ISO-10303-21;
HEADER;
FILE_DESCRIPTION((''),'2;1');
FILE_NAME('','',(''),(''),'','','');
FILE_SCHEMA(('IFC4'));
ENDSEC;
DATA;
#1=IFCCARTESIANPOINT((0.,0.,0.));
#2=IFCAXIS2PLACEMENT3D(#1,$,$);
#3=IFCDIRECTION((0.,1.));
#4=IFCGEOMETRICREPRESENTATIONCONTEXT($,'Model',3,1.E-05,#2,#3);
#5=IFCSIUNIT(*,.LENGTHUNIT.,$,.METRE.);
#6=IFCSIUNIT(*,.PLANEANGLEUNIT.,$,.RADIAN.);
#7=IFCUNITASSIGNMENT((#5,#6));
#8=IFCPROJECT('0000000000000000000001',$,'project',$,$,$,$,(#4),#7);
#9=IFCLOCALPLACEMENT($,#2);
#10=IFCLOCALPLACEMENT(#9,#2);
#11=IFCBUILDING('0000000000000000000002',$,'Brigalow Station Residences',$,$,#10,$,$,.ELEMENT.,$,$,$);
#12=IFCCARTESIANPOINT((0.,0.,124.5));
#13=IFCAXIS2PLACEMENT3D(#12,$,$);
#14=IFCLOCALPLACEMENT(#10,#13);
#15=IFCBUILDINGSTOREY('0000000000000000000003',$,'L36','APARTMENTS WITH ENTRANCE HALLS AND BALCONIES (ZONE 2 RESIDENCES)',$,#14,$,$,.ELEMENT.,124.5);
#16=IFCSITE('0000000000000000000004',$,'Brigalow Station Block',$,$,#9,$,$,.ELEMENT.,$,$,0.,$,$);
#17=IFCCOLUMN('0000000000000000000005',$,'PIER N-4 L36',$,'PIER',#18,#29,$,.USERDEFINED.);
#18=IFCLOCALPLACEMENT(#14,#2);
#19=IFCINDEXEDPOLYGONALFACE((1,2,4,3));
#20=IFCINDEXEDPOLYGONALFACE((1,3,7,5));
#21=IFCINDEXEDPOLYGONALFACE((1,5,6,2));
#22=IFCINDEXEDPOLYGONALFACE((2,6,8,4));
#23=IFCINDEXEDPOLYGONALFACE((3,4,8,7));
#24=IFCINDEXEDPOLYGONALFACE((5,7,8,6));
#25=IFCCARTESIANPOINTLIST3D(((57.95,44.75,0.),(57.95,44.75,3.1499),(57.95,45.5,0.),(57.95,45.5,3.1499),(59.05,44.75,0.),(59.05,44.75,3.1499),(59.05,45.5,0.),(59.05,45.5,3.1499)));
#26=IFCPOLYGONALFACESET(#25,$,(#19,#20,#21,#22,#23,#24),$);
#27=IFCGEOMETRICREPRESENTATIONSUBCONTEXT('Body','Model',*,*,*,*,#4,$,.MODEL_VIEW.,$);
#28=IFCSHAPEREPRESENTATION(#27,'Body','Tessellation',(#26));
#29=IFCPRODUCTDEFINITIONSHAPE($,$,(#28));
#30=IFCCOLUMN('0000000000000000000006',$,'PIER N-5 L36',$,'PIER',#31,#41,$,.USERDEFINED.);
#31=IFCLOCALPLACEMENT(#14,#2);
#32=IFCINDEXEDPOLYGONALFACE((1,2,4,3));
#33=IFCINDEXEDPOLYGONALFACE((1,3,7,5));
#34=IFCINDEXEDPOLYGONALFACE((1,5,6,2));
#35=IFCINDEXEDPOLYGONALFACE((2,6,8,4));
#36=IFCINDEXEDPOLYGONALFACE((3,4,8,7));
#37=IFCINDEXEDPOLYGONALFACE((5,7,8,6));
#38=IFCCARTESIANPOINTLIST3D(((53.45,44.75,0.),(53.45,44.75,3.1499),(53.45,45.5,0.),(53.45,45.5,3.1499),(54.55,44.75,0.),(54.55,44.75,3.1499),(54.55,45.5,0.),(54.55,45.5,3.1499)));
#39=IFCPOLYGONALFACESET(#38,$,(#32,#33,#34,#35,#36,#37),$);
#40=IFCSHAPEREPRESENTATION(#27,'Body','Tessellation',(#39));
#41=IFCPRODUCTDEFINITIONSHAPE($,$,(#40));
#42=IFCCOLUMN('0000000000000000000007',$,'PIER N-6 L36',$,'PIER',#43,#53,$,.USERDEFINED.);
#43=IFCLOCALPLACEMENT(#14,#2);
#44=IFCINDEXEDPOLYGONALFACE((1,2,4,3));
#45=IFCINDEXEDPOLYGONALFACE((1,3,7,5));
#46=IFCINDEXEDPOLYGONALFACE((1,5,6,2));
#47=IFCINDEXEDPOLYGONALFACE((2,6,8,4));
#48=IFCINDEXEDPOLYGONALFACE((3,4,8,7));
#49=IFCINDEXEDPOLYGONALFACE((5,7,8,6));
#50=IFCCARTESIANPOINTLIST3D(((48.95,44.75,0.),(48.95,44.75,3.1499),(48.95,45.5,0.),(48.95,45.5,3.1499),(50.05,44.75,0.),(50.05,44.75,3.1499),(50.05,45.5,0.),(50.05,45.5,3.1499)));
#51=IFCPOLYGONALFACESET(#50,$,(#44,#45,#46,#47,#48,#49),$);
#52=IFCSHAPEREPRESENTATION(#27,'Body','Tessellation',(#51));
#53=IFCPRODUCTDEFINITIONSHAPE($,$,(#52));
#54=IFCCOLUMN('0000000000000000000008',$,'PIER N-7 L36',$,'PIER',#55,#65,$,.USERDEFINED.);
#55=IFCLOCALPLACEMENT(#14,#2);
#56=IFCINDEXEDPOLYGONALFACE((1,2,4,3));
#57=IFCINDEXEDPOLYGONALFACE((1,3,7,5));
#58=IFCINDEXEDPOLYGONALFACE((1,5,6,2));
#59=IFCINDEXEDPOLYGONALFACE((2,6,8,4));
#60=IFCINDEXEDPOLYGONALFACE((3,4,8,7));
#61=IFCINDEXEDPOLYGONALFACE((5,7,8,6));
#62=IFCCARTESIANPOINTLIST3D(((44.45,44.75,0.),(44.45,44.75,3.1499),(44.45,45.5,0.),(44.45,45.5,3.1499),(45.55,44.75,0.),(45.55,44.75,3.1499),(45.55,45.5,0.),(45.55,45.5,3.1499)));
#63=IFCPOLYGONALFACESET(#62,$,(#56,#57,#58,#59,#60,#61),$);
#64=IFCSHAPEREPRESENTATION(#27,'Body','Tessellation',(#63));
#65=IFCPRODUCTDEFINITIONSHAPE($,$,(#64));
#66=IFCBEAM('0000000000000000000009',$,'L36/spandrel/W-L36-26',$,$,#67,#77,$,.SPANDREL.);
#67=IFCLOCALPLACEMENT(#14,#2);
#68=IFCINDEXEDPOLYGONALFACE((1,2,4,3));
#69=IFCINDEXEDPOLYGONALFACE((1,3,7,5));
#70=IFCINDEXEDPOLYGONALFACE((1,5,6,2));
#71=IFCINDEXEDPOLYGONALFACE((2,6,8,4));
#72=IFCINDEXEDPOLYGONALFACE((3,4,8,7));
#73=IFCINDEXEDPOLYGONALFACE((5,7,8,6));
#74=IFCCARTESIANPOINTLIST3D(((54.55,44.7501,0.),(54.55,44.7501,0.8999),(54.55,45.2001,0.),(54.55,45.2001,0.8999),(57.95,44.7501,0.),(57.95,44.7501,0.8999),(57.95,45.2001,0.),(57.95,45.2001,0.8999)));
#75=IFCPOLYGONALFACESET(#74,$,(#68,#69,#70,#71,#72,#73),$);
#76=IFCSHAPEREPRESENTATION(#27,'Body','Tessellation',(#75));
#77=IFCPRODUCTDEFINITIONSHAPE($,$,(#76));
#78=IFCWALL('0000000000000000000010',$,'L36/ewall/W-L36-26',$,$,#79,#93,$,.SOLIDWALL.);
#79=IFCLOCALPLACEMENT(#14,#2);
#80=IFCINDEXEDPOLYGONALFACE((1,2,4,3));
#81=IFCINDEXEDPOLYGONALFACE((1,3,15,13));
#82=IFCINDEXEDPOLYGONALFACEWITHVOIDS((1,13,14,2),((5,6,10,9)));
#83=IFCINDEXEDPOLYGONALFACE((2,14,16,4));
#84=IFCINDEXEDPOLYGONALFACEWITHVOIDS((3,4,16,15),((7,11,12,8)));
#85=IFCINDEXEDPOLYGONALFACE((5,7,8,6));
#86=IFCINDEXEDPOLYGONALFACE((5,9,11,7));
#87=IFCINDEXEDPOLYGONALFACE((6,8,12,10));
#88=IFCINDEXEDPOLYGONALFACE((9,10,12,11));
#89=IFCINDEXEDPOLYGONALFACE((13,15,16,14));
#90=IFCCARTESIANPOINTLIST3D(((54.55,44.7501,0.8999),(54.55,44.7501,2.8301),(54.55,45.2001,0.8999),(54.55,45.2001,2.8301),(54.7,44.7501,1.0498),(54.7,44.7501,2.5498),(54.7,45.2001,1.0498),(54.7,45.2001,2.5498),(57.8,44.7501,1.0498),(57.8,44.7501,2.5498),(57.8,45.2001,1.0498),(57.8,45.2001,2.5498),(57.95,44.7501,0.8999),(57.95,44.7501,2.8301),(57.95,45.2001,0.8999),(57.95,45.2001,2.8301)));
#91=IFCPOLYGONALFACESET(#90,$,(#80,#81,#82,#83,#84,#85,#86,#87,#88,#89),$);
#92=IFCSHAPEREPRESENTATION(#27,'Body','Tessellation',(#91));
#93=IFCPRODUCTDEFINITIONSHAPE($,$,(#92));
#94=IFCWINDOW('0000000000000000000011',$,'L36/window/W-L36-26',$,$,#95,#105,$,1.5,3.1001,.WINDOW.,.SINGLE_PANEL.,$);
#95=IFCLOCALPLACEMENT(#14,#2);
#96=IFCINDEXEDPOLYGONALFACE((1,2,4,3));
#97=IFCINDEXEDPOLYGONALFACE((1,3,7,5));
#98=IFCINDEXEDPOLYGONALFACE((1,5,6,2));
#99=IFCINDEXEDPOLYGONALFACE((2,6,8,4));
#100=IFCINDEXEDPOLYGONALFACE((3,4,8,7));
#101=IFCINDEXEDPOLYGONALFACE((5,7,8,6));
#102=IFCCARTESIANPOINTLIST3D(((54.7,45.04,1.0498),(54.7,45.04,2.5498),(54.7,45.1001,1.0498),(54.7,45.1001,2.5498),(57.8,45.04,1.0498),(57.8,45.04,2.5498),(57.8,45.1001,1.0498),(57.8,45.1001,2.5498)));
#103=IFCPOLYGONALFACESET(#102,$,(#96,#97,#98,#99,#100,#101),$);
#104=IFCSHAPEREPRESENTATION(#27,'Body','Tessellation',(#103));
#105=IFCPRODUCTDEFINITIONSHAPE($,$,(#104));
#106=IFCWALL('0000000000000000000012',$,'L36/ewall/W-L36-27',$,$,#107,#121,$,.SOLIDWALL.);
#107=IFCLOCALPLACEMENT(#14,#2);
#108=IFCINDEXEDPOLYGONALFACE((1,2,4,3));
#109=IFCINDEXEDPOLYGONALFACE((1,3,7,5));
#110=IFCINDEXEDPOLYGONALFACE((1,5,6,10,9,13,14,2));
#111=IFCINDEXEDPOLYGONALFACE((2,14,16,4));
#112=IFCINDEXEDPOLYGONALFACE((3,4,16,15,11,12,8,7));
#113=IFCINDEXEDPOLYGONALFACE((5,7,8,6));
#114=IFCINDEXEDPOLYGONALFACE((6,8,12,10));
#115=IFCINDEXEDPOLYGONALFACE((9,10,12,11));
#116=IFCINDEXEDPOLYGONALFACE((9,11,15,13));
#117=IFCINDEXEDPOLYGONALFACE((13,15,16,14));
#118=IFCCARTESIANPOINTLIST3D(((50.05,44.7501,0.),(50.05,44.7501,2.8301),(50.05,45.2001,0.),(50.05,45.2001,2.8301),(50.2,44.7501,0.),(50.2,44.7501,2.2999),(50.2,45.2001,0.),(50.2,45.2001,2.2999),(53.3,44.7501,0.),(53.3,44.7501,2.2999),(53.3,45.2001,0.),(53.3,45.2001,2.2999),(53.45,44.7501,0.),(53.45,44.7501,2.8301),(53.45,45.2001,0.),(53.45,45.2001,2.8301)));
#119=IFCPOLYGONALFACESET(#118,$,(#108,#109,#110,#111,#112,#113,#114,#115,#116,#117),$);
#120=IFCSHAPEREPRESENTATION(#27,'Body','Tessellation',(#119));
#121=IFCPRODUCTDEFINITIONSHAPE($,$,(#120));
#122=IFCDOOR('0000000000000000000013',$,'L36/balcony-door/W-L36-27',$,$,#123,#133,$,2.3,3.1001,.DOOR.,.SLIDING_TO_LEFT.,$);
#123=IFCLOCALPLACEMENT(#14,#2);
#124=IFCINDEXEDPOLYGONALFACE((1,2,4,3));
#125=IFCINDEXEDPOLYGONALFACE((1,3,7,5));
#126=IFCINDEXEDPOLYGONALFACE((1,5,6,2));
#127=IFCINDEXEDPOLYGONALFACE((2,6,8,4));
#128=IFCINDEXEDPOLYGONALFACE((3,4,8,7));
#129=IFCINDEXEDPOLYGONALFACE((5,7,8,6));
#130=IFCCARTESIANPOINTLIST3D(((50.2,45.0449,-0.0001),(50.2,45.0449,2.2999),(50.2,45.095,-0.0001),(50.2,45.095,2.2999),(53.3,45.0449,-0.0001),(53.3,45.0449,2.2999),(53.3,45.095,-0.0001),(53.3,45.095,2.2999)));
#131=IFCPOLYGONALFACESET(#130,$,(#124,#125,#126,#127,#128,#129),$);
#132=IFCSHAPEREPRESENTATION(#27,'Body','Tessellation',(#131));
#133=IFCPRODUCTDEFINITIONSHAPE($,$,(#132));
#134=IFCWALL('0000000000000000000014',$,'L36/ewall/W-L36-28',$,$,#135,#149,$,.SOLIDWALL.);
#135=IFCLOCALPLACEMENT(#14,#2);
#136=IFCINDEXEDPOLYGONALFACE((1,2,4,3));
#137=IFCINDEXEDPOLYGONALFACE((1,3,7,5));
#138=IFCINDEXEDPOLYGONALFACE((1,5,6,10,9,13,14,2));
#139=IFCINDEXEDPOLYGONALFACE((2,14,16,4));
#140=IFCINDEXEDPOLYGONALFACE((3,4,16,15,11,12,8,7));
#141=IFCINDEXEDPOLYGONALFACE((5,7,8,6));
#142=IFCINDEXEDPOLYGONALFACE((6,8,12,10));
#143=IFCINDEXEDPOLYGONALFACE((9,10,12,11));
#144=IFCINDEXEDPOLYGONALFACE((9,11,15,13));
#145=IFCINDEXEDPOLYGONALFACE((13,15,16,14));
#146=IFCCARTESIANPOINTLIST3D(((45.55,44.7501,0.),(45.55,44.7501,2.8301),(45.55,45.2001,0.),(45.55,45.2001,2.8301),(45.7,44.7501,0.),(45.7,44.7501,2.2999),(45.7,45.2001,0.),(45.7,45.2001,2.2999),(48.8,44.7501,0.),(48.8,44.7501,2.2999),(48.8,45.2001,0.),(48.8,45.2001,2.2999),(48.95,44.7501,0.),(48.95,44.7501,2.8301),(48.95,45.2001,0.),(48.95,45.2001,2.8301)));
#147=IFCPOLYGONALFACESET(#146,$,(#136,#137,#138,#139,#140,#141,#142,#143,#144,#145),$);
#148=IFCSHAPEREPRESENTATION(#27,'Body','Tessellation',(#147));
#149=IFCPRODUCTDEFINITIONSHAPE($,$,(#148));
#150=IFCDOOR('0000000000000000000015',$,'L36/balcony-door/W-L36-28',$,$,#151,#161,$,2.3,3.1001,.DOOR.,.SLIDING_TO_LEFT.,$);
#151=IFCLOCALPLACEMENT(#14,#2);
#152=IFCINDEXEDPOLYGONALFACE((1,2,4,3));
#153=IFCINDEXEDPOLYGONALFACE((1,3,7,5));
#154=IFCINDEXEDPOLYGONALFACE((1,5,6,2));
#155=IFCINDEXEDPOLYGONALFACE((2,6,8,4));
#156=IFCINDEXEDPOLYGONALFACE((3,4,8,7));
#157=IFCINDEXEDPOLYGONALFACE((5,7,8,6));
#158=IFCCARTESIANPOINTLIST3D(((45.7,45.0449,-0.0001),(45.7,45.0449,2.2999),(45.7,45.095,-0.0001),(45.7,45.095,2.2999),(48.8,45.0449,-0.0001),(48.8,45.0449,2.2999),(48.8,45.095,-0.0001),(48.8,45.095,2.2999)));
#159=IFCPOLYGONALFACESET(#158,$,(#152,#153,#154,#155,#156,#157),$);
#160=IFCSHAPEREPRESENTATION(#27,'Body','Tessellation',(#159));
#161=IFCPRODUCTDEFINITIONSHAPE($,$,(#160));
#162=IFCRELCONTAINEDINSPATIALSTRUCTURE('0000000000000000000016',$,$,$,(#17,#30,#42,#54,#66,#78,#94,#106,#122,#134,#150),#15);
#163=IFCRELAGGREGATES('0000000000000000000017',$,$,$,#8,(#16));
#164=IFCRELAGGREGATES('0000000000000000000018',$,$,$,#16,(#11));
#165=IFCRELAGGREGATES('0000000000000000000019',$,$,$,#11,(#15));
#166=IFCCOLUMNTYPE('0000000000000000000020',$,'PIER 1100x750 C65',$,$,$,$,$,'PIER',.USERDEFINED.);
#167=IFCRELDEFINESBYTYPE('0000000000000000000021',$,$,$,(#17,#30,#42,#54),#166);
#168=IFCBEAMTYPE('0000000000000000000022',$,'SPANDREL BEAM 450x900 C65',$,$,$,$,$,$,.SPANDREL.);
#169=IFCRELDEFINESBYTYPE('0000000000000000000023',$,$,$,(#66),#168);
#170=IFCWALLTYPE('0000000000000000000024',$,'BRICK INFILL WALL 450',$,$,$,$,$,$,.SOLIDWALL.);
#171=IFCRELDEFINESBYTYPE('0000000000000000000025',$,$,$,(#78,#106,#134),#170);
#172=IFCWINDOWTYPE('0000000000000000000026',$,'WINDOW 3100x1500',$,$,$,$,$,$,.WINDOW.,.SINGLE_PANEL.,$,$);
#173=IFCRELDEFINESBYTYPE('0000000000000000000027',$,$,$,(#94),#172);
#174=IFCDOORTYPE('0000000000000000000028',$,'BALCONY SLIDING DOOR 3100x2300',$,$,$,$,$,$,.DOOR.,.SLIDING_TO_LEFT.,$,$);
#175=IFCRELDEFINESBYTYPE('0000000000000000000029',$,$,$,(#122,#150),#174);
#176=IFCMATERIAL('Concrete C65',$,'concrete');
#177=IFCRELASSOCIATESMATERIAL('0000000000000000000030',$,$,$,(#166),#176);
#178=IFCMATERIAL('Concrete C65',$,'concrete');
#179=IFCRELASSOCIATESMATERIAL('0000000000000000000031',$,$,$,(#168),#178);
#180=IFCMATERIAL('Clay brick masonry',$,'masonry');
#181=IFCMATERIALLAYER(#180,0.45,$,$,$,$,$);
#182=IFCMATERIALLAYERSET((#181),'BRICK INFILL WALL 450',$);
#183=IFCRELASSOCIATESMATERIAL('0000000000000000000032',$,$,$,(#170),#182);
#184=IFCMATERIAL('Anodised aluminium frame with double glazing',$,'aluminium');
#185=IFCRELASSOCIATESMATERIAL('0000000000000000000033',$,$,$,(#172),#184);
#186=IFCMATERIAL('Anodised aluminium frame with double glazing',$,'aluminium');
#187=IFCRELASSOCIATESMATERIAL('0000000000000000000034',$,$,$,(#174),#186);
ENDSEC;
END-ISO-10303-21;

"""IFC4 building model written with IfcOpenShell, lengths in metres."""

from ifc_helpers import new_model, si_unit, direction, frame, frame_2d, origin, origin_2d, place, context, subcontext, project, spatial, rectangle, extrude, material, layer, layer_set, material_profile, profile_set, type_object, element, fill, save


model = new_model("IFC4")

# Units and contexts
model_context = context("Model", 3, precision=1e-05, world=origin(), true_north=direction((0.0, 1.0)))
body_context = subcontext(model_context, "Body", "Model", "MODEL_VIEW")
ifc_project = project(units=[si_unit("LENGTHUNIT", "METRE"), si_unit("PLANEANGLEUNIT", "RADIAN")], contexts=[model_context])

# Site, building, storey
site_placement = place(None, origin())
site = spatial("IfcSite", under=ifc_project, at=site_placement, Name="Brigalow Station Block", CompositionType="ELEMENT", RefElevation=0.0)
building_placement = place(site_placement, origin())
building = spatial("IfcBuilding", under=site, at=building_placement, Name="Brigalow Station Residences", CompositionType="ELEMENT")
storey_placement = place(building_placement, frame((0.0, 0.0, 124.5)))
storey = spatial("IfcBuildingStorey", under=building, at=storey_placement, Name="L36", Description="APARTMENTS WITH ENTRANCE HALLS AND BALCONIES (ZONE 2 RESIDENCES)", CompositionType="ELEMENT", Elevation=124.5)

# Columns
ifc_material_1 = material(Name="Concrete C65", Category="concrete")
ifc_material_profile_1 = material_profile(ifc_material_1, rectangle(XDim=1.1001, YDim=0.75, at=origin_2d()), Name="RC1100x750")
ifc_profile_set_1 = profile_set([ifc_material_profile_1], Name="Concrete C65")
column_type = type_object("IfcColumnType", Name="PIER 1100x750 C65", ElementType="PIER", PredefinedType="USERDEFINED", material=ifc_profile_set_1)
for number, where, z_axis, x_axis, name in (
    (1, (58.5, 45.125, 0.0), (0.0, 0.0, 1.0), (-1.0, 0.0, 0.0), "PIER N-4 L36"),
    (2, (54.0, 45.125, 0.0), (0.0, 0.0, 1.0), (-1.0, 0.0, 0.0), "PIER N-5 L36"),
    (3, (49.5, 45.125, 0.0), (0.0, 0.0, 1.0), (-1.0, 0.0, 0.0), "PIER N-6 L36"),
    (4, (45.0, 45.125, 0.0), (0.0, 0.0, 1.0), (-1.0, 0.0, 0.0), "PIER N-7 L36"),
):
    element("IfcColumn", number, at=place(storey_placement, frame(where, z_axis=z_axis, x_axis=x_axis)), inside=storey, type_object=column_type, Name=name, ObjectType="PIER", PredefinedType="USERDEFINED", context=body_context, shape_type="SweptSolid", body=[
        extrude(rectangle(XDim=1.1001, YDim=0.75, at=origin_2d()), origin(), (0.0, 0.0, 1.0), 3.1499),
    ])

# Beam
ifc_material_2 = material(Name="Concrete C65", Category="concrete")
ifc_material_profile_2 = material_profile(ifc_material_2, rectangle(XDim=0.45, YDim=0.8999, at=origin_2d()), Name="RC450x900")
ifc_profile_set_2 = profile_set([ifc_material_profile_2], Name="Concrete C65")
beam_type = type_object("IfcBeamType", Name="SPANDREL BEAM 450x900 C65", PredefinedType="SPANDREL", material=ifc_profile_set_2)
beam_placement = place(storey_placement, frame((57.95, 44.9751, 0.45), z_axis=(-1.0, 0.0, 0.0), x_axis=(0.0, -1.0, 0.0)))
element("IfcBeam", 5, at=beam_placement, inside=storey, type_object=beam_type, Name="L36/spandrel/W-L36-26", PredefinedType="SPANDREL", context=body_context, shape_type="SweptSolid", body=[
    extrude(rectangle(XDim=0.45, YDim=0.8999, at=origin_2d()), origin(), (0.0, 0.0, 1.0), 3.3999),
])

# Wall, opening, window
ifc_material_3 = material(Name="Clay brick masonry", Category="masonry")
ifc_layer_1 = layer(ifc_material_3, 0.45)
ifc_layer_set_1 = layer_set([ifc_layer_1], Name="BRICK INFILL WALL 450")
wall_type_1 = type_object("IfcWallType", Name="BRICK INFILL WALL 450", PredefinedType="SOLIDWALL", material=ifc_layer_set_1)
wall_1_placement = place(storey_placement, frame((57.95, 44.9751, 0.8999), z_axis=(0.0, 0.0, 1.0), x_axis=(-1.0, 0.0, 0.0)))
wall_1 = element("IfcWall", 6, at=wall_1_placement, inside=storey, type_object=wall_type_1, Name="L36/ewall/W-L36-26", PredefinedType="SOLIDWALL", context=body_context, shape_type="SweptSolid", body=[
    extrude(rectangle(XDim=3.3999, YDim=0.45, at=frame_2d((1.7, 0.0))), origin(), (0.0, 0.0, 1.0), 1.9302),
])
opening_1_placement = place(wall_1_placement, frame((0.1499, 0.0, 0.1499)))
opening_1 = element("IfcOpeningElement", 7, at=opening_1_placement, cuts=wall_1, PredefinedType="OPENING", context=body_context, shape_type="SweptSolid", body=[
    extrude(rectangle(XDim=3.1001, YDim=1.5, at=frame_2d((1.55, 0.75))), frame((0.0, 0.2349, 0.0), z_axis=(0.0, -1.0, 0.0), x_axis=(1.0, 0.0, 0.0)), (0.0, 0.0, 1.0), 0.47),
])
ifc_material_4 = material(Name="Anodised aluminium frame with double glazing", Category="aluminium")
window_type = type_object("IfcWindowType", Name="WINDOW 3100x1500", PartitioningType="SINGLE_PANEL", PredefinedType="WINDOW", material=ifc_material_4)
window_placement = place(opening_1_placement, origin())
window = element("IfcWindow", 8, at=window_placement, inside=storey, type_object=window_type, Name="L36/window/W-L36-26", OverallHeight=1.5, OverallWidth=3.1001, PartitioningType="SINGLE_PANEL", PredefinedType="WINDOW", context=body_context, shape_type="SweptSolid", body=[
    extrude(rectangle(XDim=3.1001, YDim=1.5, at=frame_2d((1.55, 0.75))), frame((0.0, -0.0649, 0.0), z_axis=(0.0, -1.0, 0.0), x_axis=(1.0, 0.0, 0.0)), (0.0, 0.0, 1.0), 0.0601),
])
fill(opening_1, window)

# Walls, openings, doors
wall_2_placement = place(storey_placement, frame((53.45, 44.9751, 0.0), z_axis=(0.0, 0.0, 1.0), x_axis=(-1.0, 0.0, 0.0)))
wall_2 = element("IfcWall", 9, at=wall_2_placement, inside=storey, type_object=wall_type_1, Name="L36/ewall/W-L36-27", PredefinedType="SOLIDWALL", context=body_context, shape_type="SweptSolid", body=[
    extrude(rectangle(XDim=3.3999, YDim=0.45, at=frame_2d((1.7, 0.0))), origin(), (0.0, 0.0, 1.0), 2.8301),
])
opening_2_placement = place(wall_2_placement, frame((0.1499, 0.0, 0.0)))
opening_2 = element("IfcOpeningElement", 10, at=opening_2_placement, cuts=wall_2, PredefinedType="OPENING", context=body_context, shape_type="SweptSolid", body=[
    extrude(rectangle(XDim=3.1001, YDim=2.3, at=frame_2d((1.55, 1.1499))), frame((0.0, 0.2349, 0.0), z_axis=(0.0, -1.0, 0.0), x_axis=(1.0, 0.0, 0.0)), (0.0, 0.0, 1.0), 0.47),
])
ifc_material_5 = material(Name="Anodised aluminium frame with double glazing", Category="aluminium")
door_type_1 = type_object("IfcDoorType", Name="BALCONY SLIDING DOOR 3100x2300", OperationType="SLIDING_TO_LEFT", PredefinedType="DOOR", material=ifc_material_5)
door_1_placement = place(opening_2_placement, origin())
door_1 = element("IfcDoor", 11, at=door_1_placement, inside=storey, type_object=door_type_1, Name="L36/balcony-door/W-L36-27", OperationType="SLIDING_TO_LEFT", OverallHeight=2.3, OverallWidth=3.1001, PredefinedType="DOOR", context=body_context, shape_type="SweptSolid", body=[
    extrude(rectangle(XDim=3.1001, YDim=2.3, at=frame_2d((1.55, 1.1499))), frame((0.0, -0.0698, 0.0), z_axis=(0.0, -1.0, 0.0), x_axis=(1.0, 0.0, 0.0)), (0.0, 0.0, 1.0), 0.05),
])
fill(opening_2, door_1)
wall_3_placement = place(storey_placement, frame((48.95, 44.9751, 0.0), z_axis=(0.0, 0.0, 1.0), x_axis=(-1.0, 0.0, 0.0)))
wall_3 = element("IfcWall", 12, at=wall_3_placement, inside=storey, type_object=wall_type_1, Name="L36/ewall/W-L36-28", PredefinedType="SOLIDWALL", context=body_context, shape_type="SweptSolid", body=[
    extrude(rectangle(XDim=3.3999, YDim=0.45, at=frame_2d((1.7, 0.0))), origin(), (0.0, 0.0, 1.0), 2.8301),
])
opening_3_placement = place(wall_3_placement, frame((0.1499, 0.0, 0.0)))
opening_3 = element("IfcOpeningElement", 13, at=opening_3_placement, cuts=wall_3, PredefinedType="OPENING", context=body_context, shape_type="SweptSolid", body=[
    extrude(rectangle(XDim=3.1001, YDim=2.3, at=frame_2d((1.55, 1.1499))), frame((0.0, 0.2349, 0.0), z_axis=(0.0, -1.0, 0.0), x_axis=(1.0, 0.0, 0.0)), (0.0, 0.0, 1.0), 0.47),
])
door_2_placement = place(opening_3_placement, origin())
door_2 = element("IfcDoor", 14, at=door_2_placement, inside=storey, type_object=door_type_1, Name="L36/balcony-door/W-L36-28", OperationType="SLIDING_TO_LEFT", OverallHeight=2.3, OverallWidth=3.1001, PredefinedType="DOOR", context=body_context, shape_type="SweptSolid", body=[
    extrude(rectangle(XDim=3.1001, YDim=2.3, at=frame_2d((1.55, 1.1499))), frame((0.0, -0.0698, 0.0), z_axis=(0.0, -1.0, 0.0), x_axis=(1.0, 0.0, 0.0)), (0.0, 0.0, 1.0), 0.05),
])
fill(opening_3, door_2)

save(model, "model.ifc")
